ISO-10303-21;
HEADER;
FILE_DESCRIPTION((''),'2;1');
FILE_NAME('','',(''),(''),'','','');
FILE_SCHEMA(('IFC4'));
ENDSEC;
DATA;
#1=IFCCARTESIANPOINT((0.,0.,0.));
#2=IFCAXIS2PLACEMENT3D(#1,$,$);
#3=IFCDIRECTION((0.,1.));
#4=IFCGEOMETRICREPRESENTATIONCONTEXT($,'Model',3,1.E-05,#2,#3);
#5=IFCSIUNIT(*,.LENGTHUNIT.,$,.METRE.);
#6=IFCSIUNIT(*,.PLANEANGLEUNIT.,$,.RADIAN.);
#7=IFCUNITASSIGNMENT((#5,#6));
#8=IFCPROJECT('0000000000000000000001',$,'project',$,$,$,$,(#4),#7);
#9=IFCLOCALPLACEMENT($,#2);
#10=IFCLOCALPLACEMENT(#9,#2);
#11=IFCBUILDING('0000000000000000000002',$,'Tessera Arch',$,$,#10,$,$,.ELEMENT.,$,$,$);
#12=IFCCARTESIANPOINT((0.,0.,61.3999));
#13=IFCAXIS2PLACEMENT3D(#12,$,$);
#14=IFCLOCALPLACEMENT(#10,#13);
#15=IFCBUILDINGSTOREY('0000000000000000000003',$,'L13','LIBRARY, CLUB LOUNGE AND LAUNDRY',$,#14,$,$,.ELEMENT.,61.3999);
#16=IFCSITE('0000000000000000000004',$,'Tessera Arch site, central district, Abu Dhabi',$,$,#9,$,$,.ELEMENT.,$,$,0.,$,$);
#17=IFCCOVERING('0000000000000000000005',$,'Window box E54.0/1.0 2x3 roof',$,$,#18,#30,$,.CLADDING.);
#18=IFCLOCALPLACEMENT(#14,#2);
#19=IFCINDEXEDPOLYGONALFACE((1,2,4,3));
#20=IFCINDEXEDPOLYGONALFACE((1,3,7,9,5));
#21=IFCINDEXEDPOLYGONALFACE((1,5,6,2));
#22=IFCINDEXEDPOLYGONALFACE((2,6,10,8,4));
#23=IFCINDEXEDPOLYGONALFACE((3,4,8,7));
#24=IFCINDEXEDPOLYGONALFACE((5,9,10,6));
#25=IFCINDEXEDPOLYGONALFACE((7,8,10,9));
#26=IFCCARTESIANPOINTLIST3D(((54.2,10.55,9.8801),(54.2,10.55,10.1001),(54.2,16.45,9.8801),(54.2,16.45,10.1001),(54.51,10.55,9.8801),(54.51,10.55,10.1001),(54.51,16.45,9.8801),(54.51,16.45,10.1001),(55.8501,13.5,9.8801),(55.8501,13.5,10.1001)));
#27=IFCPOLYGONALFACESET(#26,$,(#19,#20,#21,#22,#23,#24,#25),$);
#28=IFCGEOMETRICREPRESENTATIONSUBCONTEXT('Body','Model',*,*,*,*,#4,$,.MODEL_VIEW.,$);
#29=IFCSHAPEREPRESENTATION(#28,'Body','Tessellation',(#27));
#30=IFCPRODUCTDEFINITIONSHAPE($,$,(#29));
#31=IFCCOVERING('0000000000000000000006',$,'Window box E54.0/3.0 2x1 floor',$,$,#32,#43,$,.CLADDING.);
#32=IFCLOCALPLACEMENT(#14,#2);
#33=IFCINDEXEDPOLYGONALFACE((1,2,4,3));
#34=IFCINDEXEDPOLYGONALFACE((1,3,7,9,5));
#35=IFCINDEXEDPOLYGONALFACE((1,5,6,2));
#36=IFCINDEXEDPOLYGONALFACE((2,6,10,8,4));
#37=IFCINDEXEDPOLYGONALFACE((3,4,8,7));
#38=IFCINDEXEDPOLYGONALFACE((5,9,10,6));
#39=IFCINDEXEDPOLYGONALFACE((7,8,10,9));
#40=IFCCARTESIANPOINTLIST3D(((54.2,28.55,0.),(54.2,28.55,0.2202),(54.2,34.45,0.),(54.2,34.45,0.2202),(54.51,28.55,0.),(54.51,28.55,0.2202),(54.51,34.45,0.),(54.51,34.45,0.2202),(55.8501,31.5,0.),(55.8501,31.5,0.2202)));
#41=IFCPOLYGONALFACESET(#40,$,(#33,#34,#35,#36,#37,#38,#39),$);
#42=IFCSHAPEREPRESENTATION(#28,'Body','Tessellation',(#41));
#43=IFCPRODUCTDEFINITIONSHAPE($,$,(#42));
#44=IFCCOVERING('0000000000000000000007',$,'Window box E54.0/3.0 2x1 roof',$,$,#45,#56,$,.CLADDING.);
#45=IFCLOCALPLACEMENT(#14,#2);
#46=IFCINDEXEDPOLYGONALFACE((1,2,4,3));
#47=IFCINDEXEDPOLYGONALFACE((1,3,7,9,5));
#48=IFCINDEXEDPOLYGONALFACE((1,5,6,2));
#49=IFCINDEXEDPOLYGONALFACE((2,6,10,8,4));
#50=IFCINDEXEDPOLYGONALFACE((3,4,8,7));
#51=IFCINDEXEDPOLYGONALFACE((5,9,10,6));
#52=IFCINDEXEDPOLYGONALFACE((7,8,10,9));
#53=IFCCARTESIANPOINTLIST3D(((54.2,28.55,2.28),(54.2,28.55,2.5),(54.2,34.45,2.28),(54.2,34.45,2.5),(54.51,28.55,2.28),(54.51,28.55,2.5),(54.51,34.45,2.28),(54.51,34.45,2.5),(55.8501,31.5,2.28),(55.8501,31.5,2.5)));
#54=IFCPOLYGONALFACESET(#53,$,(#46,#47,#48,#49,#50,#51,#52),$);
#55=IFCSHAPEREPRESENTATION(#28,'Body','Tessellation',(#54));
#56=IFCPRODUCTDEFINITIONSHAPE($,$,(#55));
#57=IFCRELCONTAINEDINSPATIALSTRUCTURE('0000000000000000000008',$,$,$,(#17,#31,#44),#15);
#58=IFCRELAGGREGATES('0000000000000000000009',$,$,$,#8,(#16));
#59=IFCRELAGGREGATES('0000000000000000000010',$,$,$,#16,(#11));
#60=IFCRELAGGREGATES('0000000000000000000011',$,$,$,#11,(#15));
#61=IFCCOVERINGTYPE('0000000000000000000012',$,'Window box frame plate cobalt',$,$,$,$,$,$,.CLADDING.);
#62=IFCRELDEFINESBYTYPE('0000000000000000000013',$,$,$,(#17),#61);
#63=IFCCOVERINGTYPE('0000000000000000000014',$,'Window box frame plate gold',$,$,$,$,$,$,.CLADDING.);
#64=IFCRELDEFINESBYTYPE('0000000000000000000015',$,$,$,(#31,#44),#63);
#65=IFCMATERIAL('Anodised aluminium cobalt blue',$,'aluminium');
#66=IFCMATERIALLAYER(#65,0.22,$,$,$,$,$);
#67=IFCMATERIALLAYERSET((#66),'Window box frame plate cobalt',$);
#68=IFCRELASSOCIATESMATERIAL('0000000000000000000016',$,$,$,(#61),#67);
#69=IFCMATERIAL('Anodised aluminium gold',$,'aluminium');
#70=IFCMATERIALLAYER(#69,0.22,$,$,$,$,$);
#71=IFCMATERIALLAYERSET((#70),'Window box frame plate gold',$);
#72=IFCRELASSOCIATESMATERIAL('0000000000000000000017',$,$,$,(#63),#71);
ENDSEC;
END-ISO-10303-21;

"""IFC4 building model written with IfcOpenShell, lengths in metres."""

from ifc_helpers import new_model, si_unit, direction, frame, origin, place, context, subcontext, project, spatial, polyline, outline, extrude, material, layer, layer_set, type_object, element, save


model = new_model("IFC4")

# Units and contexts
model_context = context("Model", 3, precision=1e-05, world=origin(), true_north=direction((0.0, 1.0)))
body_context = subcontext(model_context, "Body", "Model", "MODEL_VIEW")
ifc_project = project(units=[si_unit("LENGTHUNIT", "METRE"), si_unit("PLANEANGLEUNIT", "RADIAN")], contexts=[model_context])

# Site, building, storey
site_placement = place(None, origin())
site = spatial("IfcSite", under=ifc_project, at=site_placement, Name="Tessera Arch site, central district, Abu Dhabi", CompositionType="ELEMENT", RefElevation=0.0)
building_placement = place(site_placement, origin())
building = spatial("IfcBuilding", under=site, at=building_placement, Name="Tessera Arch", CompositionType="ELEMENT")
storey_placement = place(building_placement, frame((0.0, 0.0, 61.3999)))
storey = spatial("IfcBuildingStorey", under=building, at=storey_placement, Name="L13", Description="LIBRARY, CLUB LOUNGE AND LAUNDRY", CompositionType="ELEMENT", Elevation=61.3999)

# Coverings
ifc_material_1 = material(Name="Anodised aluminium cobalt blue", Category="aluminium")
ifc_layer_1 = layer(ifc_material_1, 0.22)
ifc_layer_set_1 = layer_set([ifc_layer_1], Name="Window box frame plate cobalt")
covering_type_1 = type_object("IfcCoveringType", Name="Window box frame plate cobalt", PredefinedType="CLADDING", material=ifc_layer_set_1)
covering_1_placement = place(storey_placement, frame((0.0, 0.0, 9.8801)))
element("IfcCovering", 1, at=covering_1_placement, inside=storey, type_object=covering_type_1, Name="Window box E54.0/1.0 2x3 roof", PredefinedType="CLADDING", context=body_context, shape_type="SweptSolid", body=[
    extrude(outline(polyline([(54.51, 10.55), (55.8501, 13.5), (54.51, 16.45), (54.2, 16.45), (54.2, 10.55), (54.51, 10.55)])), origin(), (0.0, 0.0, 1.0), 0.22),
])
ifc_material_2 = material(Name="Anodised aluminium gold", Category="aluminium")
ifc_layer_2 = layer(ifc_material_2, 0.22)
ifc_layer_set_2 = layer_set([ifc_layer_2], Name="Window box frame plate gold")
covering_type_2 = type_object("IfcCoveringType", Name="Window box frame plate gold", PredefinedType="CLADDING", material=ifc_layer_set_2)
covering_2_placement = place(storey_placement, origin())
element("IfcCovering", 2, at=covering_2_placement, inside=storey, type_object=covering_type_2, Name="Window box E54.0/3.0 2x1 floor", PredefinedType="CLADDING", context=body_context, shape_type="SweptSolid", body=[
    extrude(outline(polyline([(54.51, 28.55), (55.8501, 31.5), (54.51, 34.45), (54.2, 34.45), (54.2, 28.55), (54.51, 28.55)])), origin(), (0.0, 0.0, 1.0), 0.2202),
])
covering_3_placement = place(storey_placement, frame((0.0, 0.0, 2.28)))
element("IfcCovering", 3, at=covering_3_placement, inside=storey, type_object=covering_type_2, Name="Window box E54.0/3.0 2x1 roof", PredefinedType="CLADDING", context=body_context, shape_type="SweptSolid", body=[
    extrude(outline(polyline([(54.51, 28.55), (55.8501, 31.5), (54.51, 34.45), (54.2, 34.45), (54.2, 28.55), (54.51, 28.55)])), origin(), (0.0, 0.0, 1.0), 0.22),
])

save(model, "model.ifc")
